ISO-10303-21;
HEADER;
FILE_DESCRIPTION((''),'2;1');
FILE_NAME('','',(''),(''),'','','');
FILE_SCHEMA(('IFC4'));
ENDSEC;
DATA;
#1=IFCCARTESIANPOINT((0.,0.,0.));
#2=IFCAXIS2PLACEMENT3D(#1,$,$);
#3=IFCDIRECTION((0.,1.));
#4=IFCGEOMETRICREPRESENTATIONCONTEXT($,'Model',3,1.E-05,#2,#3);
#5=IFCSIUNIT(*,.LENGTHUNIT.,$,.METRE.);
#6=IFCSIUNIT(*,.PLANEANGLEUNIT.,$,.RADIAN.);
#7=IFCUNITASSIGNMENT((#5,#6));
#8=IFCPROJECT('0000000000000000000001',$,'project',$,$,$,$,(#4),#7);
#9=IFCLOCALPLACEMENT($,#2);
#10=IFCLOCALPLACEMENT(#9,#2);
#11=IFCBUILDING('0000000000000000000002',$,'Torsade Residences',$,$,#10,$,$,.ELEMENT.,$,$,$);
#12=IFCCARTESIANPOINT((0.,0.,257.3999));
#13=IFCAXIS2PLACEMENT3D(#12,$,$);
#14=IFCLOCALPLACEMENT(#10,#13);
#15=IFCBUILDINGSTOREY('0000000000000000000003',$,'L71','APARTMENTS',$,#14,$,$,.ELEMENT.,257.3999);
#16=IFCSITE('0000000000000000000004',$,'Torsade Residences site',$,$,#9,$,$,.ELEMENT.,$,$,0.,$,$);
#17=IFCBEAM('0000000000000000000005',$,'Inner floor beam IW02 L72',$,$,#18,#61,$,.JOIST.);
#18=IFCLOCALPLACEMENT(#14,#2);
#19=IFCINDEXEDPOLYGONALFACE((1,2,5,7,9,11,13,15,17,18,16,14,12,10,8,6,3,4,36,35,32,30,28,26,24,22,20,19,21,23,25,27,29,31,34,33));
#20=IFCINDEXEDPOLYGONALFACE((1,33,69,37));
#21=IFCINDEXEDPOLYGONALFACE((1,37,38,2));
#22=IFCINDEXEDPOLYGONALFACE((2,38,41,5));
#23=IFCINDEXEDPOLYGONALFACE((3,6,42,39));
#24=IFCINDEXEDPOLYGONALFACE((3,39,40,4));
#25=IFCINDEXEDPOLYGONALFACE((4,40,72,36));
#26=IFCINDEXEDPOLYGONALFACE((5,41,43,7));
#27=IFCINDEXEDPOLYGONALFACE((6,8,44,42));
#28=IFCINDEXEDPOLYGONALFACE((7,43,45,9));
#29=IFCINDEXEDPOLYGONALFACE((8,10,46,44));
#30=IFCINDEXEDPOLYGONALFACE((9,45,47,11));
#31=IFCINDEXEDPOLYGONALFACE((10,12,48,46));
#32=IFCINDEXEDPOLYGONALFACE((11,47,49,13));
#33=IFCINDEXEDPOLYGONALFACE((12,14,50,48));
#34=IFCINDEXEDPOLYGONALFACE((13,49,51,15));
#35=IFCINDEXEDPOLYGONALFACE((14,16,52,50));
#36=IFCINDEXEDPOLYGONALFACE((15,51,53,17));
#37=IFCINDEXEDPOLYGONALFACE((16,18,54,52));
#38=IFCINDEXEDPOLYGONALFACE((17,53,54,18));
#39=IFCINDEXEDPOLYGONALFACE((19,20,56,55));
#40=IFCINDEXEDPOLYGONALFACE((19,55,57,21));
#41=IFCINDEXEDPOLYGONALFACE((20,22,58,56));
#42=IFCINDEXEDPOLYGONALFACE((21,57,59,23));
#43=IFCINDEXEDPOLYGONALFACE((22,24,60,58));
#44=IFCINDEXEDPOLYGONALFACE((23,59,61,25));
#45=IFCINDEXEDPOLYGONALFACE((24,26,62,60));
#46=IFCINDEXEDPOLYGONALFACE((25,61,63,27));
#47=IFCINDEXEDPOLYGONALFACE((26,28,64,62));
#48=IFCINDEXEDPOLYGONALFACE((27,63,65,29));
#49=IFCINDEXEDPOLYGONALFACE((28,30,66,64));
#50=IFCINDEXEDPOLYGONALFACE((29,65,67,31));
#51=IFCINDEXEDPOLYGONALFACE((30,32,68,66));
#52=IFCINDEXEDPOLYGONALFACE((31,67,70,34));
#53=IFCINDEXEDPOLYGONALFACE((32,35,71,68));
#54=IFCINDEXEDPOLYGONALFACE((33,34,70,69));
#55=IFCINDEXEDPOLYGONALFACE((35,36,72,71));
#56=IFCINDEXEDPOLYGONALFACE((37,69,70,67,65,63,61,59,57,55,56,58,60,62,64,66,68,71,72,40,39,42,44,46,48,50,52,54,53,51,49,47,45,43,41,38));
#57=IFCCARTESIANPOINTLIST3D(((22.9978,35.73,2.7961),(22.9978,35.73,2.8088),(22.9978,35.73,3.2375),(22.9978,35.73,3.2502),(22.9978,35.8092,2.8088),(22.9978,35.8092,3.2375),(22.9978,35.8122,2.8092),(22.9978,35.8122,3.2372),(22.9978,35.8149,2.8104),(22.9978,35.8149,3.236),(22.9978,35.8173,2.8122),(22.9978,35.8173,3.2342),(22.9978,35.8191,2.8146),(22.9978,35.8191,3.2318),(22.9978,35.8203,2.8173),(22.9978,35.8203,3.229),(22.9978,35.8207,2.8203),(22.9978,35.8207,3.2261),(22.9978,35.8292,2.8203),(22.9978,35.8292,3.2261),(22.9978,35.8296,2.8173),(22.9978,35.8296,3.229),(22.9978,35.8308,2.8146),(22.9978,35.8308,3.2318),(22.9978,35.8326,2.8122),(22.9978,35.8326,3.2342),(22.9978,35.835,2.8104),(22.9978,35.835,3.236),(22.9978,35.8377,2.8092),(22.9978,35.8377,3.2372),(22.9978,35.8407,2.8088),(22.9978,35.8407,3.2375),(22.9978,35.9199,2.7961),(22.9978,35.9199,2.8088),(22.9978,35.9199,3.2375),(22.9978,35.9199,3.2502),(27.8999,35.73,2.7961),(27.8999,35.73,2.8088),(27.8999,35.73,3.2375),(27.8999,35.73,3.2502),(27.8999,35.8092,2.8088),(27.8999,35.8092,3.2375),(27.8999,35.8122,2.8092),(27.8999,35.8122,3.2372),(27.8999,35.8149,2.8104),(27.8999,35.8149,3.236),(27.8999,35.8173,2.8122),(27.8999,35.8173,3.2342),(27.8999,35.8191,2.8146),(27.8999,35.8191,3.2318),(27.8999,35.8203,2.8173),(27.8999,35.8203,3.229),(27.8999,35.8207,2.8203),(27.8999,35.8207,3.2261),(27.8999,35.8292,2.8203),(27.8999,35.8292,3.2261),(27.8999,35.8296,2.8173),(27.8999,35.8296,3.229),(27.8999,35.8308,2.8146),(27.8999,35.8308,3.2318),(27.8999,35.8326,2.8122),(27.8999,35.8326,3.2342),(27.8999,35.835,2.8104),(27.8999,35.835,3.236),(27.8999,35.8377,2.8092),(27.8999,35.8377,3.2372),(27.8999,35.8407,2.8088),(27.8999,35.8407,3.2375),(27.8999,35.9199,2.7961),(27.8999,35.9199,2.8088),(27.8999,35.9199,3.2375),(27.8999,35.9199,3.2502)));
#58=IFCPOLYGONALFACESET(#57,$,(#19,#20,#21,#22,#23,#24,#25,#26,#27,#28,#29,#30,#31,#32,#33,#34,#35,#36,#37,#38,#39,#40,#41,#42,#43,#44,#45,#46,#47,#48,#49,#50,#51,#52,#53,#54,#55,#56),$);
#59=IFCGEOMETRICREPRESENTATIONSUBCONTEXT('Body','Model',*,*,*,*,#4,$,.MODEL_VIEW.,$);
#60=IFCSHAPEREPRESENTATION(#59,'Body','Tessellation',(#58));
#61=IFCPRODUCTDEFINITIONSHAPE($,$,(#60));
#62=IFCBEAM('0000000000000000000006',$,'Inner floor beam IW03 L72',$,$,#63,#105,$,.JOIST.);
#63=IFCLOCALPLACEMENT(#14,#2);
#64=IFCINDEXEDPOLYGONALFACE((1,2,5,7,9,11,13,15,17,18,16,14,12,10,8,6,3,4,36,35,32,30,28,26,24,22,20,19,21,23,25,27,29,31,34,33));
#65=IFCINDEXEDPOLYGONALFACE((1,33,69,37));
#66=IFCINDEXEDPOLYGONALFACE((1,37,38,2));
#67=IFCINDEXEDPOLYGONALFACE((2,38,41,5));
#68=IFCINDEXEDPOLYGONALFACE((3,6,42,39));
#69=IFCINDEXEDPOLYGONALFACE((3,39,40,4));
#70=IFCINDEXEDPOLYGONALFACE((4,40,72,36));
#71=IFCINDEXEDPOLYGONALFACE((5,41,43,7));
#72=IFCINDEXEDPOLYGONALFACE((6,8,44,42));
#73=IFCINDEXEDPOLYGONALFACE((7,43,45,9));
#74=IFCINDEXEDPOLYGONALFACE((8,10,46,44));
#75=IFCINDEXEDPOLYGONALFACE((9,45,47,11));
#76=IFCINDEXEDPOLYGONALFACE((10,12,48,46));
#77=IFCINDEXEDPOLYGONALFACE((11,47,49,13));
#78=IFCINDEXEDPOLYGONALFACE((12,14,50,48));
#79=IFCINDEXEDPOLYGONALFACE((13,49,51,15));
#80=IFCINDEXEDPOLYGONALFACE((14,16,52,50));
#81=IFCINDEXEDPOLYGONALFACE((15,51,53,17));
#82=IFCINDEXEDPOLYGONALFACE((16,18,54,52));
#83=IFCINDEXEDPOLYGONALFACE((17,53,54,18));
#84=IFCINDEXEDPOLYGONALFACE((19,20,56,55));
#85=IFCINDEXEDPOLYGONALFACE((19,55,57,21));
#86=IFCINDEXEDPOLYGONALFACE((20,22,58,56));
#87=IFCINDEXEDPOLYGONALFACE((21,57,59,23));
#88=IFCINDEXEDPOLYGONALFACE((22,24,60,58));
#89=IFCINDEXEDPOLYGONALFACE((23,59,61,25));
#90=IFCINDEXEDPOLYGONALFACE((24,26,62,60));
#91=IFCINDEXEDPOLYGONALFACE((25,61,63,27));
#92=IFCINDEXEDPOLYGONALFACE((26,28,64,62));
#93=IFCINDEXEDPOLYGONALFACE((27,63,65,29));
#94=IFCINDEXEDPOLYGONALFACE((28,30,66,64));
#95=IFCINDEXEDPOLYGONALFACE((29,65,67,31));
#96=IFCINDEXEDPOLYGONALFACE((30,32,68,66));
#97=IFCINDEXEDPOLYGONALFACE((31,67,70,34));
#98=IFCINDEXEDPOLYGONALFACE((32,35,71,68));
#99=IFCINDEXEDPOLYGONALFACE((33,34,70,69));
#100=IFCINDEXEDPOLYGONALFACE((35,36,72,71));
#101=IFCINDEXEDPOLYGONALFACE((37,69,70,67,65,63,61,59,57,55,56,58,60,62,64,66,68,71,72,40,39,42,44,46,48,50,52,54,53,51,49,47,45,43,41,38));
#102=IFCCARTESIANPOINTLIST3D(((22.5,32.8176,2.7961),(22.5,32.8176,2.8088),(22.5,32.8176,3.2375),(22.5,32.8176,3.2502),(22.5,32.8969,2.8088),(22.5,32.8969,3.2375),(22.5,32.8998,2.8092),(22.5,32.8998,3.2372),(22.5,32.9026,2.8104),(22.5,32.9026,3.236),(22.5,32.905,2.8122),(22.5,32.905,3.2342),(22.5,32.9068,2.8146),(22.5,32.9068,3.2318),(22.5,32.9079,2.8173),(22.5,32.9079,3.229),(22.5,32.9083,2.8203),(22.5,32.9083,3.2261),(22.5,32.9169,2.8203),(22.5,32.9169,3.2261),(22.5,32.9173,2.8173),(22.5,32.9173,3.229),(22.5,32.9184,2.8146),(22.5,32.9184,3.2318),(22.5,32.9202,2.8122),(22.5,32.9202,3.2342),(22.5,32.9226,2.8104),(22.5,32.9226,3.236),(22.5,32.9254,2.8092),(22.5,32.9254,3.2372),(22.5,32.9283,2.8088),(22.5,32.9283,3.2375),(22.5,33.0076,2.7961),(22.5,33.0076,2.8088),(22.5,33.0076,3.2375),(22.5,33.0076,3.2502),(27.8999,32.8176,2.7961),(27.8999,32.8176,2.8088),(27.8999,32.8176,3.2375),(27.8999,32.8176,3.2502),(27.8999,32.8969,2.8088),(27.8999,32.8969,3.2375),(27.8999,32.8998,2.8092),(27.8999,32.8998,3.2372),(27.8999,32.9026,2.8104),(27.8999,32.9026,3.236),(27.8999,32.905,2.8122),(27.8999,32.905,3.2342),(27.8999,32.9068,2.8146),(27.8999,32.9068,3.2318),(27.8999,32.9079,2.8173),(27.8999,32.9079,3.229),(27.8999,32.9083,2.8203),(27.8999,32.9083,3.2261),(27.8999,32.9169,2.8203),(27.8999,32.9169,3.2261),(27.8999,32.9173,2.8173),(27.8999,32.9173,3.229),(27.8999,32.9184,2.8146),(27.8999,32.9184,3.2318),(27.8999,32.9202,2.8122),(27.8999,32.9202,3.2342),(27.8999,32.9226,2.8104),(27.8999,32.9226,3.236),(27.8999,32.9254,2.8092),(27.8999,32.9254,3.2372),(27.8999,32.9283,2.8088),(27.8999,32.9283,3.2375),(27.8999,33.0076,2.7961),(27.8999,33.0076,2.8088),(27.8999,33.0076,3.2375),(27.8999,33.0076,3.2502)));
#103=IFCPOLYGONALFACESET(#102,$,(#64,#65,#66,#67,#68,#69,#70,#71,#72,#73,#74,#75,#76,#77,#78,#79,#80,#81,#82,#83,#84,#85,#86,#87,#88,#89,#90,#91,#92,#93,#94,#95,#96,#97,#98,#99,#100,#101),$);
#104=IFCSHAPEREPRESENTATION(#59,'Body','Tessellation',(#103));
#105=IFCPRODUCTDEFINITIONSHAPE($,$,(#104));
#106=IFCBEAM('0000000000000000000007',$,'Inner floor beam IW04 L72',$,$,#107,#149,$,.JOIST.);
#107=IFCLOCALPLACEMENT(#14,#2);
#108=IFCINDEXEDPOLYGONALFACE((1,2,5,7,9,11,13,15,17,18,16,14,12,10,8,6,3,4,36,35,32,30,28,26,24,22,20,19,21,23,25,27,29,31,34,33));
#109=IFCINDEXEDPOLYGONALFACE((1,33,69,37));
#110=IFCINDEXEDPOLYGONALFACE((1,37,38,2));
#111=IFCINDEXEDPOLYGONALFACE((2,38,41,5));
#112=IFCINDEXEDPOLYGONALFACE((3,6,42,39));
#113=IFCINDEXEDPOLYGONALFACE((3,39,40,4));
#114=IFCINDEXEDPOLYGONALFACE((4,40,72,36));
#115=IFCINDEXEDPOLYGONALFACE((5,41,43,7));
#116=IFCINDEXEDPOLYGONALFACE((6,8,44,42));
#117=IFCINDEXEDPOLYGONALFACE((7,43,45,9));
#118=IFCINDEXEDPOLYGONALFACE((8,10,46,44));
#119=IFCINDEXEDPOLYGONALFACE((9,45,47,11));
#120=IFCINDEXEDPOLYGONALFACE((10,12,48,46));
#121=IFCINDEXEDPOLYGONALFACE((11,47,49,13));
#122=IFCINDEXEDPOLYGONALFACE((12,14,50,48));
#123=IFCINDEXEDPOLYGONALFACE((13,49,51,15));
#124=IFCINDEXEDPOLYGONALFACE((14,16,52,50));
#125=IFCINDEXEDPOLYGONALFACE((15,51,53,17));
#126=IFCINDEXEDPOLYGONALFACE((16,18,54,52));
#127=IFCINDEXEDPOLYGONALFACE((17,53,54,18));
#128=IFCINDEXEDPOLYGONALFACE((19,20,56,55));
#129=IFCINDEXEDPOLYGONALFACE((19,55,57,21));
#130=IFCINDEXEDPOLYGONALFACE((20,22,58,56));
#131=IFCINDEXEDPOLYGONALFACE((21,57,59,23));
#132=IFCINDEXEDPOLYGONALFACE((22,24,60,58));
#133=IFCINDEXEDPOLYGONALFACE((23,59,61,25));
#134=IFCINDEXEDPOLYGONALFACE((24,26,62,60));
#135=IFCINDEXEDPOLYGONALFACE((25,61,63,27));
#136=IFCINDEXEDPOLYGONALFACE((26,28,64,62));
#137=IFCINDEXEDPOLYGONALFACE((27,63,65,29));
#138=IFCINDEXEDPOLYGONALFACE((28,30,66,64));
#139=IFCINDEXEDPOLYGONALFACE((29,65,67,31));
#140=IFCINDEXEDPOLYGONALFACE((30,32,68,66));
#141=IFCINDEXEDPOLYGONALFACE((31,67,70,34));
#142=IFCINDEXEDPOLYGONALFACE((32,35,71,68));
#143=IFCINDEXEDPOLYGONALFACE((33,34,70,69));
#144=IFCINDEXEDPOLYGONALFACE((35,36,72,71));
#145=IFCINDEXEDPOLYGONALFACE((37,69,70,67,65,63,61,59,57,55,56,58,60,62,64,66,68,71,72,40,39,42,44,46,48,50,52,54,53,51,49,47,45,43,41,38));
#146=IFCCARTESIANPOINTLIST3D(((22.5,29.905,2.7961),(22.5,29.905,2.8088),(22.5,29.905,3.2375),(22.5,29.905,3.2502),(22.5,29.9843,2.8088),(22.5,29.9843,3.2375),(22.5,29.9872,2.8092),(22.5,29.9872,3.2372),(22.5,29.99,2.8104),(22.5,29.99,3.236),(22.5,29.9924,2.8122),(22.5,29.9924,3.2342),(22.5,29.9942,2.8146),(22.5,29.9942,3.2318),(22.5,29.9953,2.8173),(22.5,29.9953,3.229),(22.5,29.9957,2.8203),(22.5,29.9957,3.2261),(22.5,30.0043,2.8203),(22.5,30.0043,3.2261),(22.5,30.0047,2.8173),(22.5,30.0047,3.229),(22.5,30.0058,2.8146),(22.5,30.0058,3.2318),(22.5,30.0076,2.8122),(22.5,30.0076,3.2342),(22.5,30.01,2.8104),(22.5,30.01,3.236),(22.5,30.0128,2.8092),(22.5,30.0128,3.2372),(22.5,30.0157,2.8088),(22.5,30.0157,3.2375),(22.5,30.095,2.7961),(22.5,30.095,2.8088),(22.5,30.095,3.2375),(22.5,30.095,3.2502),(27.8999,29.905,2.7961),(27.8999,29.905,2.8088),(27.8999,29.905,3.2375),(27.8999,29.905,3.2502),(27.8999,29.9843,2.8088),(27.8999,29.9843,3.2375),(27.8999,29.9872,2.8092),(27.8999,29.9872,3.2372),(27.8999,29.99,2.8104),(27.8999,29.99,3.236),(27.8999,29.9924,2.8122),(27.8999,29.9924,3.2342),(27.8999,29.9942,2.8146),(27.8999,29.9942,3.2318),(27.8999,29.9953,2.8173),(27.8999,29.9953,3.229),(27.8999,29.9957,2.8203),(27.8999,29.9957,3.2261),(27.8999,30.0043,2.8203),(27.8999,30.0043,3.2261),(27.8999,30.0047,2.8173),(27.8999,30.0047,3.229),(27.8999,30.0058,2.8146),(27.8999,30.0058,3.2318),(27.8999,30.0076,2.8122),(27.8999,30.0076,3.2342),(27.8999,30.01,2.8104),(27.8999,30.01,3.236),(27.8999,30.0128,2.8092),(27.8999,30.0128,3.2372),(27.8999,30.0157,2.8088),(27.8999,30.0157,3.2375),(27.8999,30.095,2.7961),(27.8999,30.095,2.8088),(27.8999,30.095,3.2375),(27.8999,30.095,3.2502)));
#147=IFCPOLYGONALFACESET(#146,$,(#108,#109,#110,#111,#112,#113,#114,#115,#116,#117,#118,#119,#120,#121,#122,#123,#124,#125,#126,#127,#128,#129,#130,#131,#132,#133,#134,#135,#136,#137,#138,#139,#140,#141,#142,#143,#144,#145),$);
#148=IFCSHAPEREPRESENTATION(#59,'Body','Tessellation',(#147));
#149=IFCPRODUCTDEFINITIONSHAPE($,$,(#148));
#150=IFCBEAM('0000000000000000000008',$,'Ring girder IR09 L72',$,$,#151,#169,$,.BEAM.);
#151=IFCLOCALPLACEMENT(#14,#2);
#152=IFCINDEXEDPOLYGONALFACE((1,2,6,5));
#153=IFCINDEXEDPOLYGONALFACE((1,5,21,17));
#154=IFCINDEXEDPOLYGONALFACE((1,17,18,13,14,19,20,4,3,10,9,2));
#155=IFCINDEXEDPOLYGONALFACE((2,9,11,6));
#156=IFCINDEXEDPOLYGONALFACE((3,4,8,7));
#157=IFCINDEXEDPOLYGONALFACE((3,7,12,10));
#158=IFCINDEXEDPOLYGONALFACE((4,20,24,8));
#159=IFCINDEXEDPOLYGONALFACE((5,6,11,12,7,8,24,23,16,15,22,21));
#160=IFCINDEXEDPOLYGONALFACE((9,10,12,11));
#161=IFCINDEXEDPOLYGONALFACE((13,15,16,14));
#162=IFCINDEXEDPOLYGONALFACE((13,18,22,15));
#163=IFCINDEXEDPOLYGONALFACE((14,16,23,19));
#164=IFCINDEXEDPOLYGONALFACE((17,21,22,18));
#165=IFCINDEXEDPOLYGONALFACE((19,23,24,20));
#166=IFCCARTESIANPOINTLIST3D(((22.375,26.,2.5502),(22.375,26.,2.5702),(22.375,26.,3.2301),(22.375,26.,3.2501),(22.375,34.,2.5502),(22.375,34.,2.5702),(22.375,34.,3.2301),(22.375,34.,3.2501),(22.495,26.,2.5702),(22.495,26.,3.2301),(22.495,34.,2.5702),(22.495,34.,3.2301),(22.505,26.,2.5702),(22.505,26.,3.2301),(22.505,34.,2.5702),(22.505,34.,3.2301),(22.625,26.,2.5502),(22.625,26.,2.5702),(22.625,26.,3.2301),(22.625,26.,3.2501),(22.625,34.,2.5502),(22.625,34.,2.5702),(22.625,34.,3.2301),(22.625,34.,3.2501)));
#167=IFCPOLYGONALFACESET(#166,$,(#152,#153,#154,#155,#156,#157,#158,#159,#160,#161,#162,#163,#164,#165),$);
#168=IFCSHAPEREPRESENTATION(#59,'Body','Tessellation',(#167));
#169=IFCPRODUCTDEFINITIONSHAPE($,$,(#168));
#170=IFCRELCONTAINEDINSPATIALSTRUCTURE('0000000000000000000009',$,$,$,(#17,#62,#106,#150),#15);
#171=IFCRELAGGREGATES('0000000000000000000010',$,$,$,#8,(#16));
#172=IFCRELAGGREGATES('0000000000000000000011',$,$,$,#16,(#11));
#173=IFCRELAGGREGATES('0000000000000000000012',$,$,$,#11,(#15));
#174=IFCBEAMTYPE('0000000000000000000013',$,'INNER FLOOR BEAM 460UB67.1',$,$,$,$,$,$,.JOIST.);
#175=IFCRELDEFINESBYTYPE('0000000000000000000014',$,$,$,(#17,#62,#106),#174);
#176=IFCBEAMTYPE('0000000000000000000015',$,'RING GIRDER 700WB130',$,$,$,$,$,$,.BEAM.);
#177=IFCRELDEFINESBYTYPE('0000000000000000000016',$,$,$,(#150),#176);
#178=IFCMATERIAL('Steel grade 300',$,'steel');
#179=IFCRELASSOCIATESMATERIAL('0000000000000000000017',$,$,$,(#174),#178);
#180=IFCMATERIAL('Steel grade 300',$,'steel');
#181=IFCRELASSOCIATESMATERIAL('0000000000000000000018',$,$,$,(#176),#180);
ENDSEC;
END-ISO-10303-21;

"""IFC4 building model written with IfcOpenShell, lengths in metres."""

from ifc_helpers import new_model, si_unit, direction, frame, origin, origin_2d, place, context, subcontext, project, spatial, i_section, extrude, material, material_profile, profile_set, type_object, element, save


model = new_model("IFC4")

# Units and contexts
model_context = context("Model", 3, precision=1e-05, world=origin(), true_north=direction((0.0, 1.0)))
body_context = subcontext(model_context, "Body", "Model", "MODEL_VIEW")
ifc_project = project(units=[si_unit("LENGTHUNIT", "METRE"), si_unit("PLANEANGLEUNIT", "RADIAN")], contexts=[model_context])

# Site, building, storey
site_placement = place(None, origin())
site = spatial("IfcSite", under=ifc_project, at=site_placement, Name="Torsade Residences site", CompositionType="ELEMENT", RefElevation=0.0)
building_placement = place(site_placement, origin())
building = spatial("IfcBuilding", under=site, at=building_placement, Name="Torsade Residences", CompositionType="ELEMENT")
storey_placement = place(building_placement, frame((0.0, 0.0, 257.3999)))
storey = spatial("IfcBuildingStorey", under=building, at=storey_placement, Name="L71", Description="APARTMENTS", CompositionType="ELEMENT", Elevation=257.3999)

# Beams
ifc_material_1 = material(Name="Steel grade 300", Category="steel")
ifc_material_profile_1 = material_profile(ifc_material_1, i_section(OverallWidth=0.1899, OverallDepth=0.4541, WebThickness=0.0085, FlangeThickness=0.0127, FilletRadius=0.0115, at=origin_2d()), Name="460UB67.1")
ifc_profile_set_1 = profile_set([ifc_material_profile_1], Name="Steel grade 300")
beam_type_1 = type_object("IfcBeamType", Name="INNER FLOOR BEAM 460UB67.1", PredefinedType="JOIST", material=ifc_profile_set_1)
beam_1_placement = place(storey_placement, frame((27.8999, 35.825, 3.0232), z_axis=(-1.0, 0.0, 0.0), x_axis=(0.0, -1.0, 0.0)))
element("IfcBeam", 1, at=beam_1_placement, inside=storey, type_object=beam_type_1, Name="Inner floor beam IW02 L72", PredefinedType="JOIST", context=body_context, shape_type="SweptSolid", body=[
    extrude(i_section(OverallWidth=0.1899, OverallDepth=0.4541, WebThickness=0.0085, FlangeThickness=0.0127, FilletRadius=0.0115, at=origin_2d()), origin(), (0.0, 0.0, 1.0), 4.9021),
])
for number, where, z_axis, x_axis, name in (
    (2, (27.8999, 32.9126, 3.0232), (-1.0, 0.0, 0.0), (0.0, -1.0, 0.0), "Inner floor beam IW03 L72"),
    (3, (27.8999, 30.0, 3.0232), (-1.0, 0.0, 0.0), (0.0, -1.0, 0.0), "Inner floor beam IW04 L72"),
):
    element("IfcBeam", number, at=place(storey_placement, frame(where, z_axis=z_axis, x_axis=x_axis)), inside=storey, type_object=beam_type_1, Name=name, PredefinedType="JOIST", context=body_context, shape_type="SweptSolid", body=[
        extrude(i_section(OverallWidth=0.1899, OverallDepth=0.4541, WebThickness=0.0085, FlangeThickness=0.0127, FilletRadius=0.0115, at=origin_2d()), origin(), (0.0, 0.0, 1.0), 5.3999),
    ])
ifc_material_2 = material(Name="Steel grade 300", Category="steel")
ifc_material_profile_2 = material_profile(ifc_material_2, i_section(OverallWidth=0.25, OverallDepth=0.7, WebThickness=0.01, FlangeThickness=0.02, at=origin_2d()), Name="700WB130")
ifc_profile_set_2 = profile_set([ifc_material_profile_2], Name="Steel grade 300")
beam_type_2 = type_object("IfcBeamType", Name="RING GIRDER 700WB130", PredefinedType="BEAM", material=ifc_profile_set_2)
beam_2_placement = place(storey_placement, frame((22.5, 34.0, 2.9001), z_axis=(0.0, -1.0, 0.0), x_axis=(1.0, 0.0, 0.0)))
element("IfcBeam", 4, at=beam_2_placement, inside=storey, type_object=beam_type_2, Name="Ring girder IR09 L72", PredefinedType="BEAM", context=body_context, shape_type="SweptSolid", body=[
    extrude(i_section(OverallWidth=0.25, OverallDepth=0.7, WebThickness=0.01, FlangeThickness=0.02, at=origin_2d()), origin(), (0.0, 0.0, 1.0), 8.0),
])

save(model, "model.ifc")
